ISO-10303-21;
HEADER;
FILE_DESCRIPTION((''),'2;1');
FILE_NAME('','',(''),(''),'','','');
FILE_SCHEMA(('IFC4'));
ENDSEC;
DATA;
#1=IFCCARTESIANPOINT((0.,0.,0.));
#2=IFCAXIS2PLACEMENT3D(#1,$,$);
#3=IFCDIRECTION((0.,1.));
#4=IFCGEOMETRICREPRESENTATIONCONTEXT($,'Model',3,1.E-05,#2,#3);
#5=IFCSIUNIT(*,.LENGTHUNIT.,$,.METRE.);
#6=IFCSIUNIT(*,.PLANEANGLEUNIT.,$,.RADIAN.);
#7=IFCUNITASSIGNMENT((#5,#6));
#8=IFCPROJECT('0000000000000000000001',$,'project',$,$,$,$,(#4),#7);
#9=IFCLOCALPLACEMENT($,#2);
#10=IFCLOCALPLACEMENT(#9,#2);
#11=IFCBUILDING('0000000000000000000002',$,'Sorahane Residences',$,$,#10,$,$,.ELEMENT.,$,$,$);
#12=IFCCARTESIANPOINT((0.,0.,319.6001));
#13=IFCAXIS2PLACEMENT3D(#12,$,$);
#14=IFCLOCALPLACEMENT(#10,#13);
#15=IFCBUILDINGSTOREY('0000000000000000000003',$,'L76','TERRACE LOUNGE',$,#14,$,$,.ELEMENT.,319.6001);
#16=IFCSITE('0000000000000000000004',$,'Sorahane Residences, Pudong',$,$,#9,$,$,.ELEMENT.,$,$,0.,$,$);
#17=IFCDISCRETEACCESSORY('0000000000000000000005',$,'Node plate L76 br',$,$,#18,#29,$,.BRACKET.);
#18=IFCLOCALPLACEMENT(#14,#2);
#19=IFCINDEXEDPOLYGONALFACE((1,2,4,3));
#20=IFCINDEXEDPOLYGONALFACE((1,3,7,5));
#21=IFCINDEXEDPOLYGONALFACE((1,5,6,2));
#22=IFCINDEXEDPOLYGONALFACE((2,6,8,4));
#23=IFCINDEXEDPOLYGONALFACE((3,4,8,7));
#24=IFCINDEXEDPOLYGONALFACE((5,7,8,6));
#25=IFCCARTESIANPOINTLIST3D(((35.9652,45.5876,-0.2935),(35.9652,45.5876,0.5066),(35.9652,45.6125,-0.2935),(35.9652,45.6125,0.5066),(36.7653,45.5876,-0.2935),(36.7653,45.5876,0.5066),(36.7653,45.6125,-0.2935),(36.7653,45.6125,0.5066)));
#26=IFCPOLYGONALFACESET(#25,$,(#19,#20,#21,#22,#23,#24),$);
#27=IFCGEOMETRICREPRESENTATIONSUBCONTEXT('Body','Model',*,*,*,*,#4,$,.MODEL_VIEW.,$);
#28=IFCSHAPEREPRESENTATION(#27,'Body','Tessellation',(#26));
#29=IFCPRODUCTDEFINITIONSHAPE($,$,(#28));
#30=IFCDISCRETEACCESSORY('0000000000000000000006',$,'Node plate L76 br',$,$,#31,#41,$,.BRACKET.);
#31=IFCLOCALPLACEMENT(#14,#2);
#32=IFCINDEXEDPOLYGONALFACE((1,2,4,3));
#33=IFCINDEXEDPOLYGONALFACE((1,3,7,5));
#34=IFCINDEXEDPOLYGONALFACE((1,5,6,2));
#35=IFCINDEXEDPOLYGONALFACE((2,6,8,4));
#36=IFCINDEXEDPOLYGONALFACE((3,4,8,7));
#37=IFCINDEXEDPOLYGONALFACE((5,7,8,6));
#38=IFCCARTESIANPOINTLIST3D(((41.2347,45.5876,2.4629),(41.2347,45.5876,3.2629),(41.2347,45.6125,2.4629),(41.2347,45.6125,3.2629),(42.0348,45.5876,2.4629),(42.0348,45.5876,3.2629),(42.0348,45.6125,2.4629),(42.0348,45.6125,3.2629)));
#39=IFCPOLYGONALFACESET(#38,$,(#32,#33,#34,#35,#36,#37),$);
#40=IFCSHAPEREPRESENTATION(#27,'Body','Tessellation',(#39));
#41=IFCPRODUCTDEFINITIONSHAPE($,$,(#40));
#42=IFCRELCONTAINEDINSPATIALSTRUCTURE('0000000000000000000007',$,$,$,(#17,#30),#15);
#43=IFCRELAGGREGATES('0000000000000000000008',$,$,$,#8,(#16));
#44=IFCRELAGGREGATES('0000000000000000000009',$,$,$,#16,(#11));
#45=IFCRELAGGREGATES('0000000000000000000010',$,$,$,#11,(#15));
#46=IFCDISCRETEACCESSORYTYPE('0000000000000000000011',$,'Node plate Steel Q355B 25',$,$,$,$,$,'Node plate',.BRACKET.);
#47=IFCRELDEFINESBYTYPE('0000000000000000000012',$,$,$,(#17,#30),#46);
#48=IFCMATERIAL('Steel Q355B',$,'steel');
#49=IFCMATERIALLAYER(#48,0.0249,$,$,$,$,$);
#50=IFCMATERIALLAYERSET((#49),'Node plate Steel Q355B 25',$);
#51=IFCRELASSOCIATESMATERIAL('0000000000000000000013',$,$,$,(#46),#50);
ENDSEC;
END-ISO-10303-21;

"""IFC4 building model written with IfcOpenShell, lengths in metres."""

from ifc_helpers import new_model, si_unit, direction, frame, origin, origin_2d, place, context, subcontext, project, spatial, rectangle, extrude, material, layer, layer_set, type_object, element, save


model = new_model("IFC4")

# Units and contexts
model_context = context("Model", 3, precision=1e-05, world=origin(), true_north=direction((0.0, 1.0)))
body_context = subcontext(model_context, "Body", "Model", "MODEL_VIEW")
ifc_project = project(units=[si_unit("LENGTHUNIT", "METRE"), si_unit("PLANEANGLEUNIT", "RADIAN")], contexts=[model_context])

# Site, building, storey
site_placement = place(None, origin())
site = spatial("IfcSite", under=ifc_project, at=site_placement, Name="Sorahane Residences, Pudong", CompositionType="ELEMENT", RefElevation=0.0)
building_placement = place(site_placement, origin())
building = spatial("IfcBuilding", under=site, at=building_placement, Name="Sorahane Residences", CompositionType="ELEMENT")
storey_placement = place(building_placement, frame((0.0, 0.0, 319.6001)))
storey = spatial("IfcBuildingStorey", under=building, at=storey_placement, Name="L76", Description="TERRACE LOUNGE", CompositionType="ELEMENT", Elevation=319.6001)

# Discrete accessories
ifc_material_1 = material(Name="Steel Q355B", Category="steel")
ifc_layer_1 = layer(ifc_material_1, 0.0249)
ifc_layer_set_1 = layer_set([ifc_layer_1], Name="Node plate Steel Q355B 25")
discrete_accessory_type = type_object("IfcDiscreteAccessoryType", Name="Node plate Steel Q355B 25", ElementType="Node plate", PredefinedType="BRACKET", material=ifc_layer_set_1)
for number, where, z_axis, x_axis, name in (
    (1, (36.3652, 45.6001, -0.2935), (0.0, 0.0, 1.0), (1.0, 0.0, 0.0), "Node plate L76 br"),
    (2, (41.6348, 45.6001, 2.4629), (0.0, 0.0, 1.0), (1.0, 0.0, 0.0), "Node plate L76 br"),
):
    element("IfcDiscreteAccessory", number, at=place(storey_placement, frame(where, z_axis=z_axis, x_axis=x_axis)), inside=storey, type_object=discrete_accessory_type, Name=name, PredefinedType="BRACKET", context=body_context, shape_type="SweptSolid", body=[
        extrude(rectangle(XDim=0.8, YDim=0.0249, at=origin_2d()), origin(), (0.0, 0.0, 1.0), 0.8),
    ])

save(model, "model.ifc")
